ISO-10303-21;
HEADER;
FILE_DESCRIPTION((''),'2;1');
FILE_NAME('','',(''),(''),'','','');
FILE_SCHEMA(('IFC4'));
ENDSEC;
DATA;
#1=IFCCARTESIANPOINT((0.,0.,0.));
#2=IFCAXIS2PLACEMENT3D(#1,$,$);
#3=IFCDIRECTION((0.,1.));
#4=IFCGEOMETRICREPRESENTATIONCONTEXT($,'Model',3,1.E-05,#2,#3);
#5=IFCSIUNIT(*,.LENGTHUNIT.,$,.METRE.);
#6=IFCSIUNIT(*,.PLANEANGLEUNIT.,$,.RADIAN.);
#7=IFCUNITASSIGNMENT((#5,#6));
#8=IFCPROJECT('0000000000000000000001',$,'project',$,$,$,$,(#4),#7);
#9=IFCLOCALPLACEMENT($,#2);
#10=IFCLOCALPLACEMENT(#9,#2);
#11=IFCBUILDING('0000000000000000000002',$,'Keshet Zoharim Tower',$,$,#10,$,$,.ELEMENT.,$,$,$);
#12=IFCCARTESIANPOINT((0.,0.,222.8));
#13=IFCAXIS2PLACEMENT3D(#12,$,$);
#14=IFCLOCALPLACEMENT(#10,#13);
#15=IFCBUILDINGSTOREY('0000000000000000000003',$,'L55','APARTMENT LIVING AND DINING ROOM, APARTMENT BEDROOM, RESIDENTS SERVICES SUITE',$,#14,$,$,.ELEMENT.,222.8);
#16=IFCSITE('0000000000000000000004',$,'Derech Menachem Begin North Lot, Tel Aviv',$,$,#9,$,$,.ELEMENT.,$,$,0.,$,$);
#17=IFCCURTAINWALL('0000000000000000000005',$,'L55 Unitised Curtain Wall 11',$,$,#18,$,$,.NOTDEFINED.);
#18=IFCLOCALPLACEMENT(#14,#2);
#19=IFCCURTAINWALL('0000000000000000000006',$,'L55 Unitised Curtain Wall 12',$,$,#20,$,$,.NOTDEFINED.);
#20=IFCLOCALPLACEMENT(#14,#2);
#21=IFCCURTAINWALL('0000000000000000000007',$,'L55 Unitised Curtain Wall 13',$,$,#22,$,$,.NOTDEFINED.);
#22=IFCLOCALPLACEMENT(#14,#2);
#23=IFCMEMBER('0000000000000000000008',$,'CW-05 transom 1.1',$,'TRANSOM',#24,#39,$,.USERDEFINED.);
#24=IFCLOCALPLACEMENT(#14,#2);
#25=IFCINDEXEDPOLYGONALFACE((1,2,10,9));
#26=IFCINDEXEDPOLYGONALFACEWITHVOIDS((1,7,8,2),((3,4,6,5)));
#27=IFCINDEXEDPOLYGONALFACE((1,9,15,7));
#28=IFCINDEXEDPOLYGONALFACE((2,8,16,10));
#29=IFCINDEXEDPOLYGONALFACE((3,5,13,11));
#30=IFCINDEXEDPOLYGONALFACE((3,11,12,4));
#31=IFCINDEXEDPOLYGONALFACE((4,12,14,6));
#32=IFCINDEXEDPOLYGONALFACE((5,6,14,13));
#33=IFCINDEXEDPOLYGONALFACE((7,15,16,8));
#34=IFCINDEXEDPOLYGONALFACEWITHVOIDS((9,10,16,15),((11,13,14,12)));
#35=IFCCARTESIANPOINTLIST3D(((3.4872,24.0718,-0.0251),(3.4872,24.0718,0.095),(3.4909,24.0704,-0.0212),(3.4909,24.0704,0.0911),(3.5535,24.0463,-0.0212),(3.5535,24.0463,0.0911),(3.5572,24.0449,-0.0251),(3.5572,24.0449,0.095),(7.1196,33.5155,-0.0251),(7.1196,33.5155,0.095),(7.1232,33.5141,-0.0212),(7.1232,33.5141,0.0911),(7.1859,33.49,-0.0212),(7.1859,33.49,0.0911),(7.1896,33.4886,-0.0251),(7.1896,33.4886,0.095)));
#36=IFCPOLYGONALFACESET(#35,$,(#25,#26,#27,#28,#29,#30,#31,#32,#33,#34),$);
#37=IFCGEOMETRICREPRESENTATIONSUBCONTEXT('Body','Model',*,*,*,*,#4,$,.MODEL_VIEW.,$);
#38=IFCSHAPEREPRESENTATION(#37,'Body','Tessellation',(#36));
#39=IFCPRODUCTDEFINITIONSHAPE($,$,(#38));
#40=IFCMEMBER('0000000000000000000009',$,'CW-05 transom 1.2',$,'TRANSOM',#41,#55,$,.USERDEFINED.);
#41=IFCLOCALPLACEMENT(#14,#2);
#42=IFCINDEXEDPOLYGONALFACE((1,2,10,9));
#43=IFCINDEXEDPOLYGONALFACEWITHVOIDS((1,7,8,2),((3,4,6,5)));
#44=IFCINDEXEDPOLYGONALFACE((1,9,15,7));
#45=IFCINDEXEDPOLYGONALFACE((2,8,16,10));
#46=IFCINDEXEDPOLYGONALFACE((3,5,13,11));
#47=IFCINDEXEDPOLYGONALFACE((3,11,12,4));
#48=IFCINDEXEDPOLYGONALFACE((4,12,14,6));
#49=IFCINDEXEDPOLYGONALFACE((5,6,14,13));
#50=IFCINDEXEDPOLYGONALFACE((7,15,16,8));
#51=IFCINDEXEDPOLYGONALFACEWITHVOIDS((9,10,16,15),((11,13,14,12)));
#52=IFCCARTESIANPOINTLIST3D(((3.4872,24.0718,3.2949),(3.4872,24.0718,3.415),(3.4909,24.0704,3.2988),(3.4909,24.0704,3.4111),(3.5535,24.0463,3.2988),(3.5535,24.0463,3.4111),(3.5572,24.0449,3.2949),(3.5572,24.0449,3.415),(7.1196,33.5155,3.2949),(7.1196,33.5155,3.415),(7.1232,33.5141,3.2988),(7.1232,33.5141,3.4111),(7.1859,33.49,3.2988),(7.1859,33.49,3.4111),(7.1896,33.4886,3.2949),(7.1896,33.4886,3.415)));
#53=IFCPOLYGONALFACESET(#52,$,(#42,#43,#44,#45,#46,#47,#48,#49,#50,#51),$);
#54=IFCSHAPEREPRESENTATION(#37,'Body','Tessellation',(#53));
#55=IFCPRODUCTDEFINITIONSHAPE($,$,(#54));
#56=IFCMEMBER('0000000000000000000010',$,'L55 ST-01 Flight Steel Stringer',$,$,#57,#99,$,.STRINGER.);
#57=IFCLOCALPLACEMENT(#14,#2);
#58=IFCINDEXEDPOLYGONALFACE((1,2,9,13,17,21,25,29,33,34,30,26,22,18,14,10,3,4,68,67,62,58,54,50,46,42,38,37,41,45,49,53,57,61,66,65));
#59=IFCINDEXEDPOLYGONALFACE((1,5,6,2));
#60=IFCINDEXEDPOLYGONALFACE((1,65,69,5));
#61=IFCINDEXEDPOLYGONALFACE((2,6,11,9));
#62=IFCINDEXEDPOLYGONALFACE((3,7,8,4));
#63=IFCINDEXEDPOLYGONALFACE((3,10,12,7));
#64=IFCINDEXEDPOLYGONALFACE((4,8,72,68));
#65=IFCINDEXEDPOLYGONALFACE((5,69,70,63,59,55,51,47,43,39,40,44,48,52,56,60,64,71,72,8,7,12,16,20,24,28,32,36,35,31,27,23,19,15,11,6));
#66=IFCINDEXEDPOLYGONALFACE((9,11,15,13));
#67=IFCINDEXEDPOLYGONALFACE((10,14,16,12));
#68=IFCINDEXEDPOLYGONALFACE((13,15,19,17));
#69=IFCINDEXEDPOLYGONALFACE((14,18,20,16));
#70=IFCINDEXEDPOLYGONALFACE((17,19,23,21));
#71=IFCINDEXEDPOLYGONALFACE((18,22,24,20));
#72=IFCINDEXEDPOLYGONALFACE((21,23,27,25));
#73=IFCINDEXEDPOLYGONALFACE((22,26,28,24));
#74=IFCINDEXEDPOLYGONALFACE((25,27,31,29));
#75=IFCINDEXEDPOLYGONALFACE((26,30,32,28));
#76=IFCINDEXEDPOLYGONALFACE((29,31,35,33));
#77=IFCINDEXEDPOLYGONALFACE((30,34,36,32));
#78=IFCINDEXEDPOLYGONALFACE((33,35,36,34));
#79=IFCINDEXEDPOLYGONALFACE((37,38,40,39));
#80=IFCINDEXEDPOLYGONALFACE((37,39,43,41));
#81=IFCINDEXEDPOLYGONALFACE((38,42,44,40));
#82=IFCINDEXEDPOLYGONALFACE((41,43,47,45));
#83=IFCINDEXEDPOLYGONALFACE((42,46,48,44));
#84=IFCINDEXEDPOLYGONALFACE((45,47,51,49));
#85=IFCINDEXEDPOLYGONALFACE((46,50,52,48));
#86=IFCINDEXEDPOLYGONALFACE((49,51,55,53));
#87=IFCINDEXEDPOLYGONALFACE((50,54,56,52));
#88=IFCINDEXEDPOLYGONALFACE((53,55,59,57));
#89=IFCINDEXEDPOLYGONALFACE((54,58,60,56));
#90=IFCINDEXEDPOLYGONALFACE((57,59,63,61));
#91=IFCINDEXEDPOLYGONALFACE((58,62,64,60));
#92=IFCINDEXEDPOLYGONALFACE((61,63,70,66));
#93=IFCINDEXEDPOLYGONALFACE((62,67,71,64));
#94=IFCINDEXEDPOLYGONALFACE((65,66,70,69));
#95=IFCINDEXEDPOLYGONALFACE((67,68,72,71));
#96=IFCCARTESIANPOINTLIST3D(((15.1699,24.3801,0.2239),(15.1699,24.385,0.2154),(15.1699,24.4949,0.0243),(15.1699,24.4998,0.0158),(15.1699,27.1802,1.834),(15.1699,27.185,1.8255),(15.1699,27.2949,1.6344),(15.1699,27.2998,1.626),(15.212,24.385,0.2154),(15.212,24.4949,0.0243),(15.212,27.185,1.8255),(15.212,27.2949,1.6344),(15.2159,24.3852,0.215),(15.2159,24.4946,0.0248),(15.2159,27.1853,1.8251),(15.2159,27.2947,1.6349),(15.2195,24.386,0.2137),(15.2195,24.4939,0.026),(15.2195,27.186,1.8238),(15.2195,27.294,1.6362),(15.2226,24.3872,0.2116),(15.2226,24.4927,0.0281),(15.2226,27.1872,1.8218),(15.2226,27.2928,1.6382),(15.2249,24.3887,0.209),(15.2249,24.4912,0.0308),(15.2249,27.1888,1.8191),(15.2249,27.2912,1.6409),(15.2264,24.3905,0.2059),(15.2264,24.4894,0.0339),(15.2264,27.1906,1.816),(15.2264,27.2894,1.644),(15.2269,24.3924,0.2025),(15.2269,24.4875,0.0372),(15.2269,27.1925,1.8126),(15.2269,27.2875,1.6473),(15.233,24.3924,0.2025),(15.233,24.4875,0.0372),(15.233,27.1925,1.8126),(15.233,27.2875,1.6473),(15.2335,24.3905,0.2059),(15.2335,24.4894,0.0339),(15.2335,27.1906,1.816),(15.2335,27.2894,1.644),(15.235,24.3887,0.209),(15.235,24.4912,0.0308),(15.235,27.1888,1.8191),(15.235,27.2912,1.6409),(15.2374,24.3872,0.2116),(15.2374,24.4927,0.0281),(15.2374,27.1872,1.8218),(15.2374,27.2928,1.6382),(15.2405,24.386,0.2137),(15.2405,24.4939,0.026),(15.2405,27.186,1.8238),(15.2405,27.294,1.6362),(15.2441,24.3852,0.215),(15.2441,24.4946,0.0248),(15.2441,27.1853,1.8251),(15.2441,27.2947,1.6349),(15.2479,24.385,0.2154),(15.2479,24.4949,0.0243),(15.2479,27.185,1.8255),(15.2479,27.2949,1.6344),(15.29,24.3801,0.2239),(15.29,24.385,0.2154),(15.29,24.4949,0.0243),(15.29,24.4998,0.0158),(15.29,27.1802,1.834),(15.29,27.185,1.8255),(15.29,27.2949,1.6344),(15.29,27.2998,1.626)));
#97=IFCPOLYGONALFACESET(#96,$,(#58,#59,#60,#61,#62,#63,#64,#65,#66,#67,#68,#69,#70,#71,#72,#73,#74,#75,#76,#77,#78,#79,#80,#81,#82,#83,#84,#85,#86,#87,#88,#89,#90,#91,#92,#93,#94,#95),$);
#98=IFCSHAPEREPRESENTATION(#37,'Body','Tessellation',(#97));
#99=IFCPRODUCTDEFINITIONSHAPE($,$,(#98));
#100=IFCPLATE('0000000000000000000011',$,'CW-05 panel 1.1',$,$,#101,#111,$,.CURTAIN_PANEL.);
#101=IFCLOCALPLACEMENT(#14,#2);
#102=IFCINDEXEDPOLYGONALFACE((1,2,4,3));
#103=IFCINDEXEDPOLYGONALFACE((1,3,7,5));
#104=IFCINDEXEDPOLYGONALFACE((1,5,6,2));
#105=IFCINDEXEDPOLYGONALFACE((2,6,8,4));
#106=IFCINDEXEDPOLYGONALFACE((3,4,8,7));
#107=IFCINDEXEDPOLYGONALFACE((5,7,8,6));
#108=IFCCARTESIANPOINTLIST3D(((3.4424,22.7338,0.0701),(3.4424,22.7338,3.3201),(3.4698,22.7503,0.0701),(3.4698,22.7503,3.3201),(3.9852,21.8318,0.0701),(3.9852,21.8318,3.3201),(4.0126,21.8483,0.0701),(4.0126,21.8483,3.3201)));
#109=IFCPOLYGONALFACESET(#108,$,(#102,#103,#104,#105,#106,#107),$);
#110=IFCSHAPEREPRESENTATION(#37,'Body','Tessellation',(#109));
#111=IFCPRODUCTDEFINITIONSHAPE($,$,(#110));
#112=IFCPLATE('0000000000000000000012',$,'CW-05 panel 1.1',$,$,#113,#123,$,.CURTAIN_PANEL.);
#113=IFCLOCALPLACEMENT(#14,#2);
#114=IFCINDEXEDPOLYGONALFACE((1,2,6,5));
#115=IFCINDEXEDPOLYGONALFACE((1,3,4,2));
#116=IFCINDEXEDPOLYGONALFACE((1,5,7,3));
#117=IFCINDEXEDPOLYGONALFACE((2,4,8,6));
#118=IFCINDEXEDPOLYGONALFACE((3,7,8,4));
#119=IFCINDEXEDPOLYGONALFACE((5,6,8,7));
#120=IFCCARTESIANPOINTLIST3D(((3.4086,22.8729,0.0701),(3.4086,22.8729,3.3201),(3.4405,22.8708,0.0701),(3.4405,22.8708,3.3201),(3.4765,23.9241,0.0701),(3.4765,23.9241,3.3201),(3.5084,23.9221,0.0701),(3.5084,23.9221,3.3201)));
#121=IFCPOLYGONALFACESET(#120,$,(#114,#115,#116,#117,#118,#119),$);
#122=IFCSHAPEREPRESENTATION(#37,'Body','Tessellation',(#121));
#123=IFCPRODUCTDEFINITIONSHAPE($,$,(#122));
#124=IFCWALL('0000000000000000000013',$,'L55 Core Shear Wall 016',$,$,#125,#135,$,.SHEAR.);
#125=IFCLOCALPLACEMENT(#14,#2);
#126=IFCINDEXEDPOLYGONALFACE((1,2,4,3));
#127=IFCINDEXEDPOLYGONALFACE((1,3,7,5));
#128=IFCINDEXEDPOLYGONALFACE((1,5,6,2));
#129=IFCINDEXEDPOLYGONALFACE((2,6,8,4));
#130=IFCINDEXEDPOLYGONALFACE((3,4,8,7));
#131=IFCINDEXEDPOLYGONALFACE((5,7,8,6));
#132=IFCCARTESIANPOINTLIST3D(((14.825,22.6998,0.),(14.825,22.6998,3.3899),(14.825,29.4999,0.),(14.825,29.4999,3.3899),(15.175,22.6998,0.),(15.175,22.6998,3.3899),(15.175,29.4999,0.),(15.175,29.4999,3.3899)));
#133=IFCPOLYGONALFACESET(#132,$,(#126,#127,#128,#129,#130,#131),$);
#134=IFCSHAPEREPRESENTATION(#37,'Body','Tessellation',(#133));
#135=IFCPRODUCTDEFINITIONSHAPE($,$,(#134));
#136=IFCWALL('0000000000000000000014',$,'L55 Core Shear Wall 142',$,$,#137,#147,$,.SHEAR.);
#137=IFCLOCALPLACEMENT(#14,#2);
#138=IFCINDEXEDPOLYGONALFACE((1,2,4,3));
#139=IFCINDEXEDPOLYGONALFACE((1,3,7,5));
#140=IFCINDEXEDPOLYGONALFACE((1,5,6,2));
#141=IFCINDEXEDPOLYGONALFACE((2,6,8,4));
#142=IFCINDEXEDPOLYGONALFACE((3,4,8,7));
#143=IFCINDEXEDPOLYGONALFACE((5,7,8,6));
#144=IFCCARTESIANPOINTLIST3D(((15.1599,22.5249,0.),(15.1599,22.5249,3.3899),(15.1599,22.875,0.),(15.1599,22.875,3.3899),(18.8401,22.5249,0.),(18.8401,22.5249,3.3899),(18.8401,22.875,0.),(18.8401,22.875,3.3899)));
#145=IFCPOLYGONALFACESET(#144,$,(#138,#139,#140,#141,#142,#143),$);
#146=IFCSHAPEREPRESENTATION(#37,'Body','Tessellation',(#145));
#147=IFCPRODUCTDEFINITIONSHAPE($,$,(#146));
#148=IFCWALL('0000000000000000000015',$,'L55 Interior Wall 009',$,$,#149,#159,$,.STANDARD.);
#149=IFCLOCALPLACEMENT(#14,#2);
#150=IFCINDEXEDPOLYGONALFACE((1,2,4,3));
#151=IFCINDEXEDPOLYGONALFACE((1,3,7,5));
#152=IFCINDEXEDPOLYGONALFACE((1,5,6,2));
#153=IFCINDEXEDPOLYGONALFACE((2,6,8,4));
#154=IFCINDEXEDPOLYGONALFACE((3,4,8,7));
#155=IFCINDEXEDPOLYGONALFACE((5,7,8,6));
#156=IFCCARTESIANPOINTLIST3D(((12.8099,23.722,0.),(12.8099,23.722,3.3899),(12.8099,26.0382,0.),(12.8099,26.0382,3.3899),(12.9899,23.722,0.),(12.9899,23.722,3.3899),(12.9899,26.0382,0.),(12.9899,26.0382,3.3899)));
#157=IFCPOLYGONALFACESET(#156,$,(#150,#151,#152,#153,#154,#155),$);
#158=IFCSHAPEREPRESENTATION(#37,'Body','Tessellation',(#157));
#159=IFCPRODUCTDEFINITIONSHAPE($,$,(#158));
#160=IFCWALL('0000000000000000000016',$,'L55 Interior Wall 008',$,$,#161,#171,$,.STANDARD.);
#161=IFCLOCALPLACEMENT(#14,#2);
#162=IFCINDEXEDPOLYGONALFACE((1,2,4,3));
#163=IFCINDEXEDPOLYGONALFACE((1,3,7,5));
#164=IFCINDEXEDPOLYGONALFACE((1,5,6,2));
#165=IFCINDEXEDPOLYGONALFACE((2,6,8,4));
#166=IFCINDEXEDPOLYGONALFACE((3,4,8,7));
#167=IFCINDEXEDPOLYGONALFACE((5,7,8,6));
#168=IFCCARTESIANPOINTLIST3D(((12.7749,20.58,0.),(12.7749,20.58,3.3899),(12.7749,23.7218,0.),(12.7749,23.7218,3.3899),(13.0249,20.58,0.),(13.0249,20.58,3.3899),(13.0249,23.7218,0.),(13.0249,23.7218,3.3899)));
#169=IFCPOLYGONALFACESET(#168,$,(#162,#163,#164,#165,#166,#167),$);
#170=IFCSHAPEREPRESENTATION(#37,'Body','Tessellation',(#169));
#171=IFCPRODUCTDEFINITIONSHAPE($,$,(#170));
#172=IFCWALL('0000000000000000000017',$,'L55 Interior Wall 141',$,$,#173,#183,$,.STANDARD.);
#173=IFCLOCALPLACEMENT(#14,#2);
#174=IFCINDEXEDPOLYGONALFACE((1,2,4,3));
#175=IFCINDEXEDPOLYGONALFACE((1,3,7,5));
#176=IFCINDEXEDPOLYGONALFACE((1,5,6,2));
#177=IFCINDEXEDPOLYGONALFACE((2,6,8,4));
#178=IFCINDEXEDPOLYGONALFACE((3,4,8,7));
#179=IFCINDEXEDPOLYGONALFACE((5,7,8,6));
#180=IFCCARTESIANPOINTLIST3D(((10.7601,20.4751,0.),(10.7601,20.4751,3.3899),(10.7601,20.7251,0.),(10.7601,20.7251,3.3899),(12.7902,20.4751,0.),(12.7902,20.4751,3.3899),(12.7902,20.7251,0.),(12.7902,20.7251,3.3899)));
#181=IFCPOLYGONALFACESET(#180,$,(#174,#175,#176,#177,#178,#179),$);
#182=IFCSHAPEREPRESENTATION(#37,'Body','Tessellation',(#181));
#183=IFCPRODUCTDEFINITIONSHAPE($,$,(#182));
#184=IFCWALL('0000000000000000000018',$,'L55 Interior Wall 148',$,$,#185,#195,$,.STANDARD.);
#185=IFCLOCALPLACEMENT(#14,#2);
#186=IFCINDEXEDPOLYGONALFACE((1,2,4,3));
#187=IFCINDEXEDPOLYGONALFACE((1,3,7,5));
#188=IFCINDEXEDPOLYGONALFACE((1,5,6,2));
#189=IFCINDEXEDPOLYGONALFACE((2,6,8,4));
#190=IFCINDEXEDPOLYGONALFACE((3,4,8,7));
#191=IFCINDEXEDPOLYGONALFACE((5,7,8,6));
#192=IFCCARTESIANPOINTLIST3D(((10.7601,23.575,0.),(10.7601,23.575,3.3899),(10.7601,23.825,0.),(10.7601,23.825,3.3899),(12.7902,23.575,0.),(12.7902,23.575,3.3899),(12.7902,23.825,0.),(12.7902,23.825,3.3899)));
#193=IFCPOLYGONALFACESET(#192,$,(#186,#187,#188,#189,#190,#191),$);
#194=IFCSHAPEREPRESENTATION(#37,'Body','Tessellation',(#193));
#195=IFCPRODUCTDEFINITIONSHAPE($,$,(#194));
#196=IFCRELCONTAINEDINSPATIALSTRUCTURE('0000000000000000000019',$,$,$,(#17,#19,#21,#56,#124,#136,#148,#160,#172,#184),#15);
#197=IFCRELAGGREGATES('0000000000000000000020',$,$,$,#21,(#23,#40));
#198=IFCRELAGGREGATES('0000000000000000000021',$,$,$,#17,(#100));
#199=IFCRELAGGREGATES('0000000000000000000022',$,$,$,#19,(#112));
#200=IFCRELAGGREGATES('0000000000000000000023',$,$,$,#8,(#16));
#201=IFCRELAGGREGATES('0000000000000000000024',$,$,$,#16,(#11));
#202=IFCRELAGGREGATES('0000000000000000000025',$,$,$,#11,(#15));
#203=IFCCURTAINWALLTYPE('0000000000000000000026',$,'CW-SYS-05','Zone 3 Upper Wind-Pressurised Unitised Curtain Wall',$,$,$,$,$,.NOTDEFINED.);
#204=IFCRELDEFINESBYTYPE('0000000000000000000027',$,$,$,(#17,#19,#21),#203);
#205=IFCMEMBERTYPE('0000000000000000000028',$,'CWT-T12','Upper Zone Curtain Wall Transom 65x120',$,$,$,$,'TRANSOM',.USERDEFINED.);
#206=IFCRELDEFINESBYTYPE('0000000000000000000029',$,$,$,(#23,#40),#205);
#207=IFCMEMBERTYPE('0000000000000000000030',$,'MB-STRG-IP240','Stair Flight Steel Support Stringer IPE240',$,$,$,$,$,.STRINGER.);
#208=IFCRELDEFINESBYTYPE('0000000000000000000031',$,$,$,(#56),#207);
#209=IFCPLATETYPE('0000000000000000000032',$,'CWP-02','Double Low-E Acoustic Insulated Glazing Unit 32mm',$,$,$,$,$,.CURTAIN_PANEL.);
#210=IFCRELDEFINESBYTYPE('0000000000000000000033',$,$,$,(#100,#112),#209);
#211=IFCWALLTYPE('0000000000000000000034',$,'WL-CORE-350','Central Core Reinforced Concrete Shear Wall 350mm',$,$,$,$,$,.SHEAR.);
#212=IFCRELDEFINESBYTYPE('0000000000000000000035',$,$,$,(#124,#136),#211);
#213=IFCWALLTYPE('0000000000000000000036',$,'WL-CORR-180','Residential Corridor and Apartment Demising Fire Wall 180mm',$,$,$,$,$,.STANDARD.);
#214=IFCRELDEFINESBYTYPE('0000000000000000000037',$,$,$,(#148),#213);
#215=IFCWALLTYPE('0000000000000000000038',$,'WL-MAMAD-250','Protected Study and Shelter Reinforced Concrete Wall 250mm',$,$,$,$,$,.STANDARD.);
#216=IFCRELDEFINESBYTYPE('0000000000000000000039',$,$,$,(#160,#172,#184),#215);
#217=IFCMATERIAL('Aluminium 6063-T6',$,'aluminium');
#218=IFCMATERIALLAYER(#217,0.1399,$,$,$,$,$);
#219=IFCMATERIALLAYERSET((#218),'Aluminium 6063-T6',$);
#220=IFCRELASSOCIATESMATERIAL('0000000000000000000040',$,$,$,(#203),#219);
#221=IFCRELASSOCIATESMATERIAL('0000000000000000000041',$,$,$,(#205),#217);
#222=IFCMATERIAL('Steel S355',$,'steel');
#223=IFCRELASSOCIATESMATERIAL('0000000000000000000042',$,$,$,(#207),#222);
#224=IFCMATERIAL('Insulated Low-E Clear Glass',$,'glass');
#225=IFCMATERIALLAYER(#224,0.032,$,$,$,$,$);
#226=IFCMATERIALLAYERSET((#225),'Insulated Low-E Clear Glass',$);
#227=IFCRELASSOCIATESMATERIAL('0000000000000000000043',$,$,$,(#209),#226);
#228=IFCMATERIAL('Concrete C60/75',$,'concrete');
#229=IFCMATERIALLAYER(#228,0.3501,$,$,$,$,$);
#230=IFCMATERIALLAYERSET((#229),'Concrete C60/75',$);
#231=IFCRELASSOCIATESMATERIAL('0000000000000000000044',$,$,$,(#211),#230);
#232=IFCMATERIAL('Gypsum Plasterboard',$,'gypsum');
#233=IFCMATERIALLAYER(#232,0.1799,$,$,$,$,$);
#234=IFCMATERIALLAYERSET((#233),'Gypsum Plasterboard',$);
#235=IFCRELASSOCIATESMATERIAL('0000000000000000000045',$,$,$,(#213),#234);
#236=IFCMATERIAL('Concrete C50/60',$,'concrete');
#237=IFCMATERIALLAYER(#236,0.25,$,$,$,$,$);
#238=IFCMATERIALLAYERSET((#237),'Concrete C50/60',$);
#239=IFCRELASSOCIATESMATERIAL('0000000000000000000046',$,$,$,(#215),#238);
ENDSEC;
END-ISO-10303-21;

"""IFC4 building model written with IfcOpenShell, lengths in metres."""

from ifc_helpers import new_model, si_unit, direction, frame, frame_2d, origin, origin_2d, place, context, subcontext, project, spatial, rectangle, hollow_rectangle, i_section, extrude, material, layer, layer_set, material_profile, profile_set, type_object, element, aggregate, save


model = new_model("IFC4")

# Units and contexts
model_context = context("Model", 3, precision=1e-05, world=origin(), true_north=direction((0.0, 1.0)))
body_context = subcontext(model_context, "Body", "Model", "MODEL_VIEW")
ifc_project = project(units=[si_unit("LENGTHUNIT", "METRE"), si_unit("PLANEANGLEUNIT", "RADIAN")], contexts=[model_context])

# Site, building, storey
site_placement = place(None, origin())
site = spatial("IfcSite", under=ifc_project, at=site_placement, Name="Derech Menachem Begin North Lot, Tel Aviv", CompositionType="ELEMENT", RefElevation=0.0)
building_placement = place(site_placement, origin())
building = spatial("IfcBuilding", under=site, at=building_placement, Name="Keshet Zoharim Tower", CompositionType="ELEMENT")
storey_placement = place(building_placement, frame((0.0, 0.0, 222.8)))
storey = spatial("IfcBuildingStorey", under=building, at=storey_placement, Name="L55", Description="APARTMENT LIVING AND DINING ROOM, APARTMENT BEDROOM, RESIDENTS SERVICES SUITE", CompositionType="ELEMENT", Elevation=222.8)

# Shared definitions
ifc_material_1 = material(Name="Concrete C50/60", Category="concrete")

# Shared definitions
ifc_material_2 = material(Name="Aluminium 6063-T6", Category="aluminium")
ifc_layer_1 = layer(ifc_material_2, 0.1399)
ifc_layer_set_1 = layer_set([ifc_layer_1], Name="Aluminium 6063-T6")
curtain_wall_type = type_object("IfcCurtainWallType", Name="CW-SYS-05", Description="Zone 3 Upper Wind-Pressurised Unitised Curtain Wall", PredefinedType="NOTDEFINED", material=ifc_layer_set_1)

# Curtain walls
curtain_wall_1_placement = place(storey_placement, origin())
curtain_wall_1 = element("IfcCurtainWall", 1, at=curtain_wall_1_placement, inside=storey, type_object=curtain_wall_type, Name="L55 Unitised Curtain Wall 11", PredefinedType="NOTDEFINED")
curtain_wall_2_placement = place(storey_placement, origin())
curtain_wall_2 = element("IfcCurtainWall", 2, at=curtain_wall_2_placement, inside=storey, type_object=curtain_wall_type, Name="L55 Unitised Curtain Wall 12", PredefinedType="NOTDEFINED")

# Curtain wall
curtain_wall_3_placement = place(storey_placement, origin())
curtain_wall_3 = element("IfcCurtainWall", 3, at=curtain_wall_3_placement, inside=storey, type_object=curtain_wall_type, Name="L55 Unitised Curtain Wall 13", PredefinedType="NOTDEFINED")

# Members
ifc_material_profile_1 = material_profile(ifc_material_2, hollow_rectangle(XDim=0.075, YDim=0.1201, WallThickness=0.0039, at=origin_2d()), Name="TRN-75x120")
ifc_profile_set_1 = profile_set([ifc_material_profile_1], Name="Aluminium 6063-T6")
member_type_1 = type_object("IfcMemberType", Name="CWT-T12", Description="Upper Zone Curtain Wall Transom 65x120", ElementType="TRANSOM", PredefinedType="USERDEFINED", material=ifc_profile_set_1)
member_1_placement = place(storey_placement, frame((3.5222, 24.0583, 0.0349), z_axis=(0.358994, 0.93334, 0.0), x_axis=(-0.93334, 0.358994, 0.0)))
member_1 = element("IfcMember", 4, at=member_1_placement, type_object=member_type_1, Name="CW-05 transom 1.1", ObjectType="TRANSOM", PredefinedType="USERDEFINED", context=body_context, shape_type="SweptSolid", body=[
    extrude(hollow_rectangle(XDim=0.075, YDim=0.1201, WallThickness=0.0039, at=origin_2d()), origin(), (0.0, 0.0, 1.0), 10.1182),
])
member_2_placement = place(storey_placement, frame((3.5222, 24.0583, 3.355), z_axis=(0.358994, 0.93334, 0.0), x_axis=(-0.93334, 0.358994, 0.0)))
member_2 = element("IfcMember", 5, at=member_2_placement, type_object=member_type_1, Name="CW-05 transom 1.2", ObjectType="TRANSOM", PredefinedType="USERDEFINED", context=body_context, shape_type="SweptSolid", body=[
    extrude(hollow_rectangle(XDim=0.075, YDim=0.1201, WallThickness=0.0039, at=origin_2d()), origin(), (0.0, 0.0, 1.0), 10.1182),
])
aggregate(curtain_wall_3, [member_1, member_2])
ifc_material_3 = material(Name="Steel S355", Category="steel")
ifc_material_profile_2 = material_profile(ifc_material_3, i_section(OverallWidth=0.1201, OverallDepth=0.24, WebThickness=0.0061, FlangeThickness=0.0098, FilletRadius=0.0149, at=origin_2d()), Name="IPE240")
ifc_profile_set_2 = profile_set([ifc_material_profile_2], Name="Steel S355")
member_type_2 = type_object("IfcMemberType", Name="MB-STRG-IP240", Description="Stair Flight Steel Support Stringer IPE240", PredefinedType="STRINGER", material=ifc_profile_set_2)
member_3_placement = place(storey_placement, frame((15.23, 24.4399, 0.1199), z_axis=(0.0, 0.866896, 0.49849), x_axis=(-1.0, 0.0, 0.0)))
element("IfcMember", 6, at=member_3_placement, inside=storey, type_object=member_type_2, Name="L55 ST-01 Flight Steel Stringer", PredefinedType="STRINGER", context=body_context, shape_type="SweptSolid", body=[
    extrude(i_section(OverallWidth=0.1201, OverallDepth=0.24, WebThickness=0.0061, FlangeThickness=0.0098, FilletRadius=0.0149, at=origin_2d()), origin(), (0.0, 0.0, 1.0), 3.23),
])

# Plates
ifc_material_4 = material(Name="Insulated Low-E Clear Glass", Category="glass")
ifc_layer_2 = layer(ifc_material_4, 0.032)
ifc_layer_set_2 = layer_set([ifc_layer_2], Name="Insulated Low-E Clear Glass")
plate_type = type_object("IfcPlateType", Name="CWP-02", Description="Double Low-E Acoustic Insulated Glazing Unit 32mm", PredefinedType="CURTAIN_PANEL", material=ifc_layer_set_2)
plate_1_placement = place(storey_placement, frame((3.7275, 22.291, 0.0701), z_axis=(0.0, 0.0, 1.0), x_axis=(-0.515605, 0.856826, 0.0)))
plate_1 = element("IfcPlate", 7, at=plate_1_placement, type_object=plate_type, Name="CW-05 panel 1.1", PredefinedType="CURTAIN_PANEL", context=body_context, shape_type="SweptSolid", body=[
    extrude(rectangle(XDim=1.0527, YDim=0.032, at=origin_2d()), origin(), (0.0, 0.0, 1.0), 3.25),
])
aggregate(curtain_wall_1, [plate_1])
plate_2_placement = place(storey_placement, frame((3.4585, 23.3975, 0.0701), z_axis=(0.0, 0.0, 1.0), x_axis=(0.064517, 0.997917, 0.0)))
plate_2 = element("IfcPlate", 8, at=plate_2_placement, type_object=plate_type, Name="CW-05 panel 1.1", PredefinedType="CURTAIN_PANEL", context=body_context, shape_type="SweptSolid", body=[
    extrude(rectangle(XDim=1.0535, YDim=0.032, at=origin_2d()), origin(), (0.0, 0.0, 1.0), 3.25),
])
aggregate(curtain_wall_2, [plate_2])

# Walls
ifc_material_5 = material(Name="Concrete C60/75", Category="concrete")
ifc_layer_3 = layer(ifc_material_5, 0.3501)
ifc_layer_set_3 = layer_set([ifc_layer_3], Name="Concrete C60/75")
wall_type_1 = type_object("IfcWallType", Name="WL-CORE-350", Description="Central Core Reinforced Concrete Shear Wall 350mm", PredefinedType="SHEAR", material=ifc_layer_set_3)
wall_1_placement = place(storey_placement, frame((15.0, 22.7, 0.0), z_axis=(0.0, 0.0, 1.0), x_axis=(0.0, 1.0, 0.0)))
element("IfcWall", 9, at=wall_1_placement, inside=storey, type_object=wall_type_1, Name="L55 Core Shear Wall 016", PredefinedType="SHEAR", context=body_context, shape_type="SweptSolid", body=[
    extrude(rectangle(XDim=6.8, YDim=0.3501, at=frame_2d((3.3999, 0.0))), origin(), (0.0, 0.0, 1.0), 3.3899),
])
wall_2_placement = place(storey_placement, frame((15.1599, 22.7, 0.0), z_axis=(0.0, 0.0, 1.0), x_axis=(1.0, 0.0, 0.0)))
element("IfcWall", 10, at=wall_2_placement, inside=storey, type_object=wall_type_1, Name="L55 Core Shear Wall 142", PredefinedType="SHEAR", context=body_context, shape_type="SweptSolid", body=[
    extrude(rectangle(XDim=3.6802, YDim=0.3501, at=frame_2d((1.8401, 0.0))), origin(), (0.0, 0.0, 1.0), 3.3899),
])
ifc_material_6 = material(Name="Gypsum Plasterboard", Category="gypsum")
ifc_layer_4 = layer(ifc_material_6, 0.1799)
ifc_layer_set_4 = layer_set([ifc_layer_4], Name="Gypsum Plasterboard")
wall_type_2 = type_object("IfcWallType", Name="WL-CORR-180", Description="Residential Corridor and Apartment Demising Fire Wall 180mm", PredefinedType="STANDARD", material=ifc_layer_set_4)
wall_3_placement = place(storey_placement, frame((12.8999, 23.7219, 0.0), z_axis=(0.0, 0.0, 1.0), x_axis=(0.0, 1.0, 0.0)))
element("IfcWall", 11, at=wall_3_placement, inside=storey, type_object=wall_type_2, Name="L55 Interior Wall 009", PredefinedType="STANDARD", context=body_context, shape_type="SweptSolid", body=[
    extrude(rectangle(XDim=2.3162, YDim=0.1799, at=frame_2d((1.1582, 0.0))), origin(), (0.0, 0.0, 1.0), 3.3899),
])

# Shared definitions
ifc_layer_5 = layer(ifc_material_1, 0.25)
ifc_layer_set_5 = layer_set([ifc_layer_5], Name="Concrete C50/60")
wall_type_3 = type_object("IfcWallType", Name="WL-MAMAD-250", Description="Protected Study and Shelter Reinforced Concrete Wall 250mm", PredefinedType="STANDARD", material=ifc_layer_set_5)

# Walls
wall_4_placement = place(storey_placement, frame((12.8999, 20.5801, 0.0), z_axis=(0.0, 0.0, 1.0), x_axis=(0.0, 1.0, 0.0)))
element("IfcWall", 12, at=wall_4_placement, inside=storey, type_object=wall_type_3, Name="L55 Interior Wall 008", PredefinedType="STANDARD", context=body_context, shape_type="SweptSolid", body=[
    extrude(rectangle(XDim=3.1418, YDim=0.25, at=frame_2d((1.5708, 0.0))), origin(), (0.0, 0.0, 1.0), 3.3899),
])
for number, where, z_axis, x_axis, name in (
    (13, (10.76, 20.6001, 0.0), (0.0, 0.0, 1.0), (1.0, 0.0, 0.0), "L55 Interior Wall 141"),
    (14, (10.76, 23.7, 0.0), (0.0, 0.0, 1.0), (1.0, 0.0, 0.0), "L55 Interior Wall 148"),
):
    element("IfcWall", number, at=place(storey_placement, frame(where, z_axis=z_axis, x_axis=x_axis)), inside=storey, type_object=wall_type_3, Name=name, PredefinedType="STANDARD", context=body_context, shape_type="SweptSolid", body=[
        extrude(rectangle(XDim=2.03, YDim=0.25, at=frame_2d((1.0151, 0.0))), origin(), (0.0, 0.0, 1.0), 3.3899),
    ])

save(model, "model.ifc")
